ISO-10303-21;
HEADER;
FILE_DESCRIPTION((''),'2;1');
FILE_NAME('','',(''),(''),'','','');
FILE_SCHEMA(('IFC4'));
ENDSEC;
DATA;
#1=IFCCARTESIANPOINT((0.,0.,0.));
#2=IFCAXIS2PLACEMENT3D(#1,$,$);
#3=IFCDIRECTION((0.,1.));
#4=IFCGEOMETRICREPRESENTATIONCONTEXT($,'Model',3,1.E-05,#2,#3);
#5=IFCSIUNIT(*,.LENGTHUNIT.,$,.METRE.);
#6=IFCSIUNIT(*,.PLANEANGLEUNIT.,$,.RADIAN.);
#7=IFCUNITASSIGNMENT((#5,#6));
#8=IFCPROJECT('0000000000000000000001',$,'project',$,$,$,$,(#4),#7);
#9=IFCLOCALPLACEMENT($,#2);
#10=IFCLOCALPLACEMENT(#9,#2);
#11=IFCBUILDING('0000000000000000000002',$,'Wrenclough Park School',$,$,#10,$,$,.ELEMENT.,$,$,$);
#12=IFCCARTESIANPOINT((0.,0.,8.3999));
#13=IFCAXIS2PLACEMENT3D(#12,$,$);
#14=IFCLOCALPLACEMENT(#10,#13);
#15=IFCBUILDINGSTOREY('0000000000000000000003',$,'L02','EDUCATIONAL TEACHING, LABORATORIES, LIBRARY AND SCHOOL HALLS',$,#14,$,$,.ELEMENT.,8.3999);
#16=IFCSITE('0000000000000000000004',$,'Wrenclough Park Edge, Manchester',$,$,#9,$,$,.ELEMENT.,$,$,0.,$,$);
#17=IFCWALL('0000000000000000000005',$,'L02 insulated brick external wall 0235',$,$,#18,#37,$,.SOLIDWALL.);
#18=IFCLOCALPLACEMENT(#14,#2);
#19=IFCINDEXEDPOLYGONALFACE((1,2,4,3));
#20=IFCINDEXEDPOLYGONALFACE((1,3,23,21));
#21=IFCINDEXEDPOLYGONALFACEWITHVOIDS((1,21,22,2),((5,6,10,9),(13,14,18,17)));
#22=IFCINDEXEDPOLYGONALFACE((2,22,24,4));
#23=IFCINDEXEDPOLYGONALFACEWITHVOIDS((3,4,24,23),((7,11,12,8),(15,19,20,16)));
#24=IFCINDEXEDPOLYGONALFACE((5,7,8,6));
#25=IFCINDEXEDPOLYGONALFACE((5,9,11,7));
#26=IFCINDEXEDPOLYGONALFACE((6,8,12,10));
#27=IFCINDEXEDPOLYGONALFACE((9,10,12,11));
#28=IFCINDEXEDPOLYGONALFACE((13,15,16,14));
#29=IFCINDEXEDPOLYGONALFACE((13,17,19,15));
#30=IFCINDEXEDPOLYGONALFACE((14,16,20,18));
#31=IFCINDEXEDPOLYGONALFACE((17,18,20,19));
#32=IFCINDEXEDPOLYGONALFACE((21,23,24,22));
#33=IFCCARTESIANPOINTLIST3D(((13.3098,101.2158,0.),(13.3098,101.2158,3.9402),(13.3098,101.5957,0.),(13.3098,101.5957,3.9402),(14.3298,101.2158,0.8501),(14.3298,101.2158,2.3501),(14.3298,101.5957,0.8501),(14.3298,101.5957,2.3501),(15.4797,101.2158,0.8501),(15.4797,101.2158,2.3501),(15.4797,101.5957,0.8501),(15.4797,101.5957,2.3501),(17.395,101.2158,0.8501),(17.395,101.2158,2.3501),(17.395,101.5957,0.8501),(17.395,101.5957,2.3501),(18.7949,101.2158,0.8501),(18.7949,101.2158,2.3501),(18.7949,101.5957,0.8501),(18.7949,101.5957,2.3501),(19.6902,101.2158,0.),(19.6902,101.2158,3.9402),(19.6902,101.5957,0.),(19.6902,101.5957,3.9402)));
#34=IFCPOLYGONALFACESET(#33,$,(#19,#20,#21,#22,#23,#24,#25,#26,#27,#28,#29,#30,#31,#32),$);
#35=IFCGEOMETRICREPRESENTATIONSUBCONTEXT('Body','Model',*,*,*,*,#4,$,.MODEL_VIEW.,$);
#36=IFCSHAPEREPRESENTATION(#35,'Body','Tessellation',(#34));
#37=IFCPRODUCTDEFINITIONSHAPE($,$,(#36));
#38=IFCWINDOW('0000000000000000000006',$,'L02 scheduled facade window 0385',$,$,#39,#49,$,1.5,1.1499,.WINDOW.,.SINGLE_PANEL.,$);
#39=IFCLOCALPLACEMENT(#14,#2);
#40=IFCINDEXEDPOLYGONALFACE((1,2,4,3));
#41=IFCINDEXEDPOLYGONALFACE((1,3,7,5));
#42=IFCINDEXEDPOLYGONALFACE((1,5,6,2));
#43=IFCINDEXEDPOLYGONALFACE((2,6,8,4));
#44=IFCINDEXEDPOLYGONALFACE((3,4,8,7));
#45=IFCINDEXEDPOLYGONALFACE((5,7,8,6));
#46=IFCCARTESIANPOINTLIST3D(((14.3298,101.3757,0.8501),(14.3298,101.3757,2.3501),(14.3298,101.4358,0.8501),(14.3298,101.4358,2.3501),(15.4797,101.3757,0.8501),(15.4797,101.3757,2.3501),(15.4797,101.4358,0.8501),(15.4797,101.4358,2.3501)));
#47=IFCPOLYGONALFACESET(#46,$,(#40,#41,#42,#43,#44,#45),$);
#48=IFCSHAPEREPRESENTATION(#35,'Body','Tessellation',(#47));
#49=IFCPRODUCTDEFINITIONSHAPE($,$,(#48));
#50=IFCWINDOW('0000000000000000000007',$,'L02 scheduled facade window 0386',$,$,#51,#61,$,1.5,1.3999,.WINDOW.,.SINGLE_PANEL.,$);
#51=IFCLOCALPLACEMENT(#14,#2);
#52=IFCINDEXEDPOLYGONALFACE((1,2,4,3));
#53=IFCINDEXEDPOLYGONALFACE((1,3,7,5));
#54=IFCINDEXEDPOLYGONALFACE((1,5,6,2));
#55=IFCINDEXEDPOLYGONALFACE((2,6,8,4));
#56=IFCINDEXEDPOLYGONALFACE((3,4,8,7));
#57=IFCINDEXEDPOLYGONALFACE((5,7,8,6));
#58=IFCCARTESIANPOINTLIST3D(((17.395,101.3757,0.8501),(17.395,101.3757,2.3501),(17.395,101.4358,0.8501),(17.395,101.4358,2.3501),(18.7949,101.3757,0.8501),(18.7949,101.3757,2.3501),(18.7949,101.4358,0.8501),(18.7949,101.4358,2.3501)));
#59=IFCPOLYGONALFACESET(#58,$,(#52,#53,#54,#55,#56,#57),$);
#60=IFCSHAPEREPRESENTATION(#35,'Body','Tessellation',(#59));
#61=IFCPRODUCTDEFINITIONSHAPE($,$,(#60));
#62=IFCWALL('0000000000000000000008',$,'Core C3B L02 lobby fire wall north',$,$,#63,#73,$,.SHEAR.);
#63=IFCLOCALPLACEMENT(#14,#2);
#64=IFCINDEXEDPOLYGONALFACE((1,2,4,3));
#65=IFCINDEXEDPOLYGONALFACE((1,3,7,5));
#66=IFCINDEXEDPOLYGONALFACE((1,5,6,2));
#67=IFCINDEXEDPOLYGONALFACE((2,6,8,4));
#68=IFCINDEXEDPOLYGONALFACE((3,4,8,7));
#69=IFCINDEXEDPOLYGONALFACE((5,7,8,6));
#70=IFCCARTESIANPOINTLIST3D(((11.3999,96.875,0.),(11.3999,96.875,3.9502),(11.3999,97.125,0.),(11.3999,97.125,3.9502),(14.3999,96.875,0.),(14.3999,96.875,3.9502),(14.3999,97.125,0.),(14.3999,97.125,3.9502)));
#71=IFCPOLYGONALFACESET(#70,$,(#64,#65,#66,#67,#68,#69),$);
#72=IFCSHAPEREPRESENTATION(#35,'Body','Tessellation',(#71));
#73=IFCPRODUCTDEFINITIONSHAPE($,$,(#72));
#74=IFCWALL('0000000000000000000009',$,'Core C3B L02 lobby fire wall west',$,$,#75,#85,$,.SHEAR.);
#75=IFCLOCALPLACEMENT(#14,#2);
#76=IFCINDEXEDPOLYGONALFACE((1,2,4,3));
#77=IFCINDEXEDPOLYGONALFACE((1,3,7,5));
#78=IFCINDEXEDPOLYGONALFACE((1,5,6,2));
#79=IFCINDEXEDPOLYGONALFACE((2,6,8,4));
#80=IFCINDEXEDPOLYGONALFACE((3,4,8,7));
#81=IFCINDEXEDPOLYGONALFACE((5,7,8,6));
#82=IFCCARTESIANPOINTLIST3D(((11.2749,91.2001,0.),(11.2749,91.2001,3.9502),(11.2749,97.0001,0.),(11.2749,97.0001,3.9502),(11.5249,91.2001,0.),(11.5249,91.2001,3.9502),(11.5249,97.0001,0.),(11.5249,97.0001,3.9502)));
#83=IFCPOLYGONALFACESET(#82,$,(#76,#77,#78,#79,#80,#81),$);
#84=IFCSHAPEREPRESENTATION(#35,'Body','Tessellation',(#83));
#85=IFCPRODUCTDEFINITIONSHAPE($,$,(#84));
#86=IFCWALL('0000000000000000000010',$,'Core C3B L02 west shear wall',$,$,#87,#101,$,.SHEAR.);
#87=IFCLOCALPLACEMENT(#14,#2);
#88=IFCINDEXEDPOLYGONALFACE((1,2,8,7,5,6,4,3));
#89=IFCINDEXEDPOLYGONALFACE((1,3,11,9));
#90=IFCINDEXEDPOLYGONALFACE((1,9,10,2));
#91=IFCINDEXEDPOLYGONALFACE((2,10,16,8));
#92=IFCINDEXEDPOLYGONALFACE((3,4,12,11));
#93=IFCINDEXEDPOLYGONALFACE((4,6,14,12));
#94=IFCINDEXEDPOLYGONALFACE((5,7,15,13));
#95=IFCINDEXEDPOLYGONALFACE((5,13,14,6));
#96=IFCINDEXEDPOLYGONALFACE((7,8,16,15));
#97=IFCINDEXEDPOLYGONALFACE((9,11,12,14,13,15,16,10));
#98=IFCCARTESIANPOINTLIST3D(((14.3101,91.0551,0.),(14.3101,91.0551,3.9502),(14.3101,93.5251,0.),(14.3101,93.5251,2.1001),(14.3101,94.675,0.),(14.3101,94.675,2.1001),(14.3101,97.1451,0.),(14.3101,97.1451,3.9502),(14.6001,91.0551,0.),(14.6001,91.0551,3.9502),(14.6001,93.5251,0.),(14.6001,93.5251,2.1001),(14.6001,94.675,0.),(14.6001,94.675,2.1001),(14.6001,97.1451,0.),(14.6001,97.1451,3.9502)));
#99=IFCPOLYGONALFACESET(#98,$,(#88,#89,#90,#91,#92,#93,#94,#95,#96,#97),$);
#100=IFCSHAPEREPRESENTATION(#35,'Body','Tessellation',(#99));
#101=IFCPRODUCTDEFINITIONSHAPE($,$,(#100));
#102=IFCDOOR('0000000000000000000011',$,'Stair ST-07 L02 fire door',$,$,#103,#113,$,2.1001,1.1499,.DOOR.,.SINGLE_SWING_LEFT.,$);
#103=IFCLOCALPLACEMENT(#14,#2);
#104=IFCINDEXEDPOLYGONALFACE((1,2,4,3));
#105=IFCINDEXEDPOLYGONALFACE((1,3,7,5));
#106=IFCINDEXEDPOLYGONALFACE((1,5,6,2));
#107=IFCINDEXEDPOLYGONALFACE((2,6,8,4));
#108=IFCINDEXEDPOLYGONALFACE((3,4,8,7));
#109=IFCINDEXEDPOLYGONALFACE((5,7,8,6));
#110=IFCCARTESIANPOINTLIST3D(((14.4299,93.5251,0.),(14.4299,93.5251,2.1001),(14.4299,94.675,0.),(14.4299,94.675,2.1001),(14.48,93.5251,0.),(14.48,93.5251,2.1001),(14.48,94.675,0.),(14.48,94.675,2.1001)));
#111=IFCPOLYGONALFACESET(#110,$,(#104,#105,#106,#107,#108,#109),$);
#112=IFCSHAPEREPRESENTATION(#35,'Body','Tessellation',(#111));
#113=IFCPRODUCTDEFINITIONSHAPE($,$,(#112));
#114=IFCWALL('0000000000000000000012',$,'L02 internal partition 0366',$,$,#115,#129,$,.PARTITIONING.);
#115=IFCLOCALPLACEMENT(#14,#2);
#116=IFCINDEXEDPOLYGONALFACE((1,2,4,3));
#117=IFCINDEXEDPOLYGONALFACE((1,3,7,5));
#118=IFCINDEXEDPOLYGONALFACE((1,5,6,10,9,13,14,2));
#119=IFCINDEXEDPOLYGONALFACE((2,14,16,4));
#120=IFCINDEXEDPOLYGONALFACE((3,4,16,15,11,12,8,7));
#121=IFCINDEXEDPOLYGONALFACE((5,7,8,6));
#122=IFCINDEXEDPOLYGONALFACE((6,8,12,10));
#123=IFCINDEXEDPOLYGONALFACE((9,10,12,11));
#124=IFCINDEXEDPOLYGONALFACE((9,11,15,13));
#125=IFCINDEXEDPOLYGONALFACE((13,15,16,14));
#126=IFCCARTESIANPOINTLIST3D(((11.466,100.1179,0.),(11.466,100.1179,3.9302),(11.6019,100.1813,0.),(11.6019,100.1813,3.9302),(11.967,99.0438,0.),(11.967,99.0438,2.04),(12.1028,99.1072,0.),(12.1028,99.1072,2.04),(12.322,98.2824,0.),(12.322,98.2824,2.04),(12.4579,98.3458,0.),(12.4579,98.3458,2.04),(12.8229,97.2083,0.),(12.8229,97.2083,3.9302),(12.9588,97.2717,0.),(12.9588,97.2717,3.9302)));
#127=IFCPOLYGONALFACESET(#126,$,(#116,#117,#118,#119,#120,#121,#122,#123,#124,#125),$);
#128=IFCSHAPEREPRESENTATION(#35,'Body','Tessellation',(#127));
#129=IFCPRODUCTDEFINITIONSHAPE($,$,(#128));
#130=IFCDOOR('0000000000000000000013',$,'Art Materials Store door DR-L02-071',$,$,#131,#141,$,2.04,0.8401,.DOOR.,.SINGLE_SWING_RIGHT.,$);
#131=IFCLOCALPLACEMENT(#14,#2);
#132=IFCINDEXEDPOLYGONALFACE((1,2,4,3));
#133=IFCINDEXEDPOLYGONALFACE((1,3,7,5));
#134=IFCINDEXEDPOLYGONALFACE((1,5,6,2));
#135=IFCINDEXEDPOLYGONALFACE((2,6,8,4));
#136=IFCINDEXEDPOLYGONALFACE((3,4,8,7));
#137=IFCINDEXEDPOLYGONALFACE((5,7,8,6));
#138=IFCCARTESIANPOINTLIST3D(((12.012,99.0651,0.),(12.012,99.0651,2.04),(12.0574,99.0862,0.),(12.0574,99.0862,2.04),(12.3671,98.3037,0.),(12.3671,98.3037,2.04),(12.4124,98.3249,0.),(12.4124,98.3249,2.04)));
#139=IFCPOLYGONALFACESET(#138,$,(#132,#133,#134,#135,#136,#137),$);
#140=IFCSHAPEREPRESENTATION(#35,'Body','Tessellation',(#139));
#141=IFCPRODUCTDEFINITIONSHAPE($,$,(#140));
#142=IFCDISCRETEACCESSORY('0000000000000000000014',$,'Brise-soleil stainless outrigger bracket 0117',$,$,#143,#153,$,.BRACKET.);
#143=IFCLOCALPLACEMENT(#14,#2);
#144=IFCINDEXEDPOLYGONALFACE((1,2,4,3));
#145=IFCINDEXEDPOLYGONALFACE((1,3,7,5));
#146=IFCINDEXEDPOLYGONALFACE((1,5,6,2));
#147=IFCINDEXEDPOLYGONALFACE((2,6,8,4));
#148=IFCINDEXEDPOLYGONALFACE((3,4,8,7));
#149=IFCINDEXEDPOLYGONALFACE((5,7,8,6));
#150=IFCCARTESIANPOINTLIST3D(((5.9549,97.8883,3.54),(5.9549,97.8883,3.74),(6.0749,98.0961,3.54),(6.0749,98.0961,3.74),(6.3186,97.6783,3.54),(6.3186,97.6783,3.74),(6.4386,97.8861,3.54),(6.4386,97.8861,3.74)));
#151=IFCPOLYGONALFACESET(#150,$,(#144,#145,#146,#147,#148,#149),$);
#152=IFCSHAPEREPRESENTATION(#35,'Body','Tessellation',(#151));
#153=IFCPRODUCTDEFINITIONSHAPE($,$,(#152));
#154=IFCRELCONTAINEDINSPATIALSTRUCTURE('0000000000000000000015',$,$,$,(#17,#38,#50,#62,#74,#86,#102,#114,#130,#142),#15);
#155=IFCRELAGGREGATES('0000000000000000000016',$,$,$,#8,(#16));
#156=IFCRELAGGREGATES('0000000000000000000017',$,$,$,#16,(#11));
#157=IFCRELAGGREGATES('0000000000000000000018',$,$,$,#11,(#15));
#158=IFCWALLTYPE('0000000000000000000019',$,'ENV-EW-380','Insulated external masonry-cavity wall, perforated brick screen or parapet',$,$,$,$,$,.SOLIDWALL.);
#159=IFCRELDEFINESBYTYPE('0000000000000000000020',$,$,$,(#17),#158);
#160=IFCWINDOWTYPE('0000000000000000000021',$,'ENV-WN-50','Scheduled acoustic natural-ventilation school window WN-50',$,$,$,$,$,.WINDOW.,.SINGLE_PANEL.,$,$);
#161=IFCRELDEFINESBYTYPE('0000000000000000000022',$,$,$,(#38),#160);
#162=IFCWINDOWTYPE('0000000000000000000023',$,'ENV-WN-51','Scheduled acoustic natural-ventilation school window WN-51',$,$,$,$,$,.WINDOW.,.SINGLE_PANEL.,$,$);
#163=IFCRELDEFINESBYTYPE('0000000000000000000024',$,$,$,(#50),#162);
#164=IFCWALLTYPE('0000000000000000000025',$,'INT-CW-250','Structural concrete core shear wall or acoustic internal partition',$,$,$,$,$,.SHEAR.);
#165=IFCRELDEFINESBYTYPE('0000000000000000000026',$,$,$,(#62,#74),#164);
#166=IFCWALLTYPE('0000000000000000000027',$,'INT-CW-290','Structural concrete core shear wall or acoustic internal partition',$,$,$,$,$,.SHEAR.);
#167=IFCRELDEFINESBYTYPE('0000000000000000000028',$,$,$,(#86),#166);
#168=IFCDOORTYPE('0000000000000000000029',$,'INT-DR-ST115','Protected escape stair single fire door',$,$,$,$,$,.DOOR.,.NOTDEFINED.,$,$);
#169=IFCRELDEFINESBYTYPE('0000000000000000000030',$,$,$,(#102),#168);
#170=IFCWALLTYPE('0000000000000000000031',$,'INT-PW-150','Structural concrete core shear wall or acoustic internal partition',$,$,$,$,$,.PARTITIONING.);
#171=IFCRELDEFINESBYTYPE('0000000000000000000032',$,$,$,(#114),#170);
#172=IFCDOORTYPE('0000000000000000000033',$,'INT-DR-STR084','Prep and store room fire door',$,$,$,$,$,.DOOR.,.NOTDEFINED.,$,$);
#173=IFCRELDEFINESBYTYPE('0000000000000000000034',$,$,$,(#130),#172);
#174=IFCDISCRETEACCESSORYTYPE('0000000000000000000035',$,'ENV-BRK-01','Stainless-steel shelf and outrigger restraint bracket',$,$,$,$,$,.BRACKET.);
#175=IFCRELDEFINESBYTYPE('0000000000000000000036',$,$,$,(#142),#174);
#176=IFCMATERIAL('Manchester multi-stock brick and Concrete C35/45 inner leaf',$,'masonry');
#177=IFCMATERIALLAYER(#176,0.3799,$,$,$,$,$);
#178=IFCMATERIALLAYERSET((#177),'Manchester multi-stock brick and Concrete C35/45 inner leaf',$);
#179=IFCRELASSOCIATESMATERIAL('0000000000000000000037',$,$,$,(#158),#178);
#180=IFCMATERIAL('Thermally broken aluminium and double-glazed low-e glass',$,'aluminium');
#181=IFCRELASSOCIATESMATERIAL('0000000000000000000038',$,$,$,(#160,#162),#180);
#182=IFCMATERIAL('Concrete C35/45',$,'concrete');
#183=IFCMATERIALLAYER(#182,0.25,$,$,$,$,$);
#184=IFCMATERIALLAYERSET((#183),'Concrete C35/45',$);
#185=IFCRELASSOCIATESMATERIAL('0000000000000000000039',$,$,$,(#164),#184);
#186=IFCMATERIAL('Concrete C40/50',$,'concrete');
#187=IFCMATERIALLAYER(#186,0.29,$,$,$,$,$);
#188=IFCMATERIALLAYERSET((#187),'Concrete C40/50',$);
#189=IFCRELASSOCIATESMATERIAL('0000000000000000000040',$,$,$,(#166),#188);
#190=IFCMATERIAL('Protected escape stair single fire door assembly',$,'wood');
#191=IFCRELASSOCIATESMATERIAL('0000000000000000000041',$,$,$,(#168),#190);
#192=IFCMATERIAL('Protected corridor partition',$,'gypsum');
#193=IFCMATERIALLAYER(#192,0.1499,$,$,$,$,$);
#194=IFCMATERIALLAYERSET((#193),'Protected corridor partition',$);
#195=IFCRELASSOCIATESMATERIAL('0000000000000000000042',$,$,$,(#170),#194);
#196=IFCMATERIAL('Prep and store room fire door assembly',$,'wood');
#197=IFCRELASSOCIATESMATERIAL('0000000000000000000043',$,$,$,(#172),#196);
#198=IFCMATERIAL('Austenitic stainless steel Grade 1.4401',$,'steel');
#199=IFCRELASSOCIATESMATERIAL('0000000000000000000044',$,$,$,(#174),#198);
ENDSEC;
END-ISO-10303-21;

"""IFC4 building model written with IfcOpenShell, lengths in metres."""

from ifc_helpers import new_model, si_unit, direction, frame, frame_2d, origin, origin_2d, place, context, subcontext, project, spatial, rectangle, extrude, material, layer, layer_set, type_object, element, fill, save


model = new_model("IFC4")

# Units and contexts
model_context = context("Model", 3, precision=1e-05, world=origin(), true_north=direction((0.0, 1.0)))
body_context = subcontext(model_context, "Body", "Model", "MODEL_VIEW")
ifc_project = project(units=[si_unit("LENGTHUNIT", "METRE"), si_unit("PLANEANGLEUNIT", "RADIAN")], contexts=[model_context])

# Site, building, storey
site_placement = place(None, origin())
site = spatial("IfcSite", under=ifc_project, at=site_placement, Name="Wrenclough Park Edge, Manchester", CompositionType="ELEMENT", RefElevation=0.0)
building_placement = place(site_placement, origin())
building = spatial("IfcBuilding", under=site, at=building_placement, Name="Wrenclough Park School", CompositionType="ELEMENT")
storey_placement = place(building_placement, frame((0.0, 0.0, 8.3999)))
storey = spatial("IfcBuildingStorey", under=building, at=storey_placement, Name="L02", Description="EDUCATIONAL TEACHING, LABORATORIES, LIBRARY AND SCHOOL HALLS", CompositionType="ELEMENT", Elevation=8.3999)

# Wall, openings, windows
ifc_material_1 = material(Name="Thermally broken aluminium and double-glazed low-e glass", Category="aluminium")
ifc_material_2 = material(Name="Manchester multi-stock brick and Concrete C35/45 inner leaf", Category="masonry")
ifc_layer_1 = layer(ifc_material_2, 0.3799)
ifc_layer_set_1 = layer_set([ifc_layer_1], Name="Manchester multi-stock brick and Concrete C35/45 inner leaf")
wall_type_1 = type_object("IfcWallType", Name="ENV-EW-380", Description="Insulated external masonry-cavity wall, perforated brick screen or parapet", PredefinedType="SOLIDWALL", material=ifc_layer_set_1)
wall_1_placement = place(storey_placement, frame((13.3098, 101.4058, 0.0), z_axis=(0.0, 0.0, 1.0), x_axis=(1.0, 0.0, 0.0)))
wall_1 = element("IfcWall", 1, at=wall_1_placement, inside=storey, type_object=wall_type_1, Name="L02 insulated brick external wall 0235", PredefinedType="SOLIDWALL", context=body_context, shape_type="SweptSolid", body=[
    extrude(rectangle(XDim=6.3804, YDim=0.3799, at=frame_2d((3.1902, 0.0))), origin(), (0.0, 0.0, 1.0), 3.9402),
])
opening_1_placement = place(wall_1_placement, frame((1.02, 0.0, 0.8501)))
opening_1 = element("IfcOpeningElement", 2, at=opening_1_placement, cuts=wall_1, PredefinedType="OPENING", context=body_context, shape_type="SweptSolid", body=[
    extrude(rectangle(XDim=1.1499, YDim=1.5, at=frame_2d((0.575, 0.75))), frame((0.0, 0.2, 0.0), z_axis=(0.0, -1.0, 0.0), x_axis=(1.0, 0.0, 0.0)), (0.0, 0.0, 1.0), 0.3999),
])
opening_2_placement = place(wall_1_placement, frame((4.0852, 0.0, 0.8501)))
opening_2 = element("IfcOpeningElement", 3, at=opening_2_placement, cuts=wall_1, PredefinedType="OPENING", context=body_context, shape_type="SweptSolid", body=[
    extrude(rectangle(XDim=1.3999, YDim=1.5, at=frame_2d((0.7, 0.75))), frame((0.0, 0.2, 0.0), z_axis=(0.0, -1.0, 0.0), x_axis=(1.0, 0.0, 0.0)), (0.0, 0.0, 1.0), 0.3999),
])
window_type_1 = type_object("IfcWindowType", Name="ENV-WN-50", Description="Scheduled acoustic natural-ventilation school window WN-50", PartitioningType="SINGLE_PANEL", PredefinedType="WINDOW", material=ifc_material_1)
window_1_placement = place(opening_1_placement, origin())
window_1 = element("IfcWindow", 4, at=window_1_placement, inside=storey, type_object=window_type_1, Name="L02 scheduled facade window 0385", OverallHeight=1.5, OverallWidth=1.1499, PartitioningType="SINGLE_PANEL", PredefinedType="WINDOW", context=body_context, shape_type="SweptSolid", body=[
    extrude(rectangle(XDim=1.1499, YDim=1.5, at=frame_2d((0.575, 0.75))), frame((0.0, 0.03, 0.0), z_axis=(0.0, -1.0, 0.0), x_axis=(1.0, 0.0, 0.0)), (0.0, 0.0, 1.0), 0.0601),
])
fill(opening_1, window_1)
window_type_2 = type_object("IfcWindowType", Name="ENV-WN-51", Description="Scheduled acoustic natural-ventilation school window WN-51", PartitioningType="SINGLE_PANEL", PredefinedType="WINDOW", material=ifc_material_1)
window_2_placement = place(opening_2_placement, origin())
window_2 = element("IfcWindow", 5, at=window_2_placement, inside=storey, type_object=window_type_2, Name="L02 scheduled facade window 0386", OverallHeight=1.5, OverallWidth=1.3999, PartitioningType="SINGLE_PANEL", PredefinedType="WINDOW", context=body_context, shape_type="SweptSolid", body=[
    extrude(rectangle(XDim=1.3999, YDim=1.5, at=frame_2d((0.7, 0.75))), frame((0.0, 0.03, 0.0), z_axis=(0.0, -1.0, 0.0), x_axis=(1.0, 0.0, 0.0)), (0.0, 0.0, 1.0), 0.0601),
])
fill(opening_2, window_2)

# Walls
ifc_material_3 = material(Name="Concrete C35/45", Category="concrete")
ifc_layer_2 = layer(ifc_material_3, 0.25)
ifc_layer_set_2 = layer_set([ifc_layer_2], Name="Concrete C35/45")
wall_type_2 = type_object("IfcWallType", Name="INT-CW-250", Description="Structural concrete core shear wall or acoustic internal partition", PredefinedType="SHEAR", material=ifc_layer_set_2)
wall_2_placement = place(storey_placement, frame((14.3999, 97.0, 0.0), z_axis=(0.0, 0.0, 1.0), x_axis=(-1.0, 0.0, 0.0)))
element("IfcWall", 6, at=wall_2_placement, inside=storey, type_object=wall_type_2, Name="Core C3B L02 lobby fire wall north", PredefinedType="SHEAR", context=body_context, shape_type="SweptSolid", body=[
    extrude(rectangle(XDim=3.0, YDim=0.25, at=frame_2d((1.5, 0.0))), origin(), (0.0, 0.0, 1.0), 3.9502),
])
wall_3_placement = place(storey_placement, frame((11.3999, 97.0, 0.0), z_axis=(0.0, 0.0, 1.0), x_axis=(0.0, -1.0, 0.0)))
element("IfcWall", 7, at=wall_3_placement, inside=storey, type_object=wall_type_2, Name="Core C3B L02 lobby fire wall west", PredefinedType="SHEAR", context=body_context, shape_type="SweptSolid", body=[
    extrude(rectangle(XDim=5.8, YDim=0.25, at=frame_2d((2.8999, 0.0))), origin(), (0.0, 0.0, 1.0), 3.9502),
])

# Walls, openings, doors
ifc_material_4 = material(Name="Concrete C40/50", Category="concrete")
ifc_layer_3 = layer(ifc_material_4, 0.29)
ifc_layer_set_3 = layer_set([ifc_layer_3], Name="Concrete C40/50")
wall_type_3 = type_object("IfcWallType", Name="INT-CW-290", Description="Structural concrete core shear wall or acoustic internal partition", PredefinedType="SHEAR", material=ifc_layer_set_3)
wall_4_placement = place(storey_placement, frame((14.4551, 97.145, 0.0), z_axis=(0.0, 0.0, 1.0), x_axis=(0.0, -1.0, 0.0)))
wall_4 = element("IfcWall", 8, at=wall_4_placement, inside=storey, type_object=wall_type_3, Name="Core C3B L02 west shear wall", PredefinedType="SHEAR", context=body_context, shape_type="SweptSolid", body=[
    extrude(rectangle(XDim=6.0901, YDim=0.29, at=frame_2d((3.0449, 0.0))), origin(), (0.0, 0.0, 1.0), 3.9502),
])
opening_3_placement = place(wall_4_placement, frame((2.47, 0.0, 0.0)))
opening_3 = element("IfcOpeningElement", 9, at=opening_3_placement, cuts=wall_4, PredefinedType="OPENING", context=body_context, shape_type="SweptSolid", body=[
    extrude(rectangle(XDim=1.1499, YDim=2.1001, at=frame_2d((0.575, 1.05))), frame((0.0, 0.155, 0.0), z_axis=(0.0, -1.0, 0.0), x_axis=(1.0, 0.0, 0.0)), (0.0, 0.0, 1.0), 0.3101),
])
ifc_material_5 = material(Name="Protected escape stair single fire door assembly", Category="wood")
door_type_1 = type_object("IfcDoorType", Name="INT-DR-ST115", Description="Protected escape stair single fire door", OperationType="NOTDEFINED", PredefinedType="DOOR", material=ifc_material_5)
door_1_placement = place(opening_3_placement, origin())
door_1 = element("IfcDoor", 10, at=door_1_placement, inside=storey, type_object=door_type_1, Name="Stair ST-07 L02 fire door", OperationType="SINGLE_SWING_LEFT", OverallHeight=2.1001, OverallWidth=1.1499, PredefinedType="DOOR", context=body_context, shape_type="SweptSolid", body=[
    extrude(rectangle(XDim=1.1499, YDim=2.1001, at=frame_2d((0.575, 1.05))), frame((0.0, 0.0249, 0.0), z_axis=(0.0, -1.0, 0.0), x_axis=(1.0, 0.0, 0.0)), (0.0, 0.0, 1.0), 0.05),
])
fill(opening_3, door_1)
ifc_material_6 = material(Name="Protected corridor partition", Category="gypsum")
ifc_layer_4 = layer(ifc_material_6, 0.1499)
ifc_layer_set_4 = layer_set([ifc_layer_4], Name="Protected corridor partition")
wall_type_4 = type_object("IfcWallType", Name="INT-PW-150", Description="Structural concrete core shear wall or acoustic internal partition", PredefinedType="PARTITIONING", material=ifc_layer_set_4)
wall_5_placement = place(storey_placement, frame((12.8909, 97.24, 0.0), z_axis=(0.0, 0.0, 1.0), x_axis=(-0.422652, 0.906292, 0.0)))
wall_5 = element("IfcWall", 11, at=wall_5_placement, inside=storey, type_object=wall_type_4, Name="L02 internal partition 0366", PredefinedType="PARTITIONING", context=body_context, shape_type="SweptSolid", body=[
    extrude(rectangle(XDim=3.2104, YDim=0.1499, at=frame_2d((1.6052, 0.0))), origin(), (0.0, 0.0, 1.0), 3.9302),
])
opening_4_placement = place(wall_5_placement, frame((1.1853, 0.0, 0.0)))
opening_4 = element("IfcOpeningElement", 12, at=opening_4_placement, cuts=wall_5, PredefinedType="OPENING", context=body_context, shape_type="SweptSolid", body=[
    extrude(rectangle(XDim=0.8401, YDim=2.04, at=frame_2d((0.4199, 1.02))), frame((0.0, 0.085, 0.0), z_axis=(0.0, -1.0, 0.0), x_axis=(1.0, 0.0, 0.0)), (0.0, 0.0, 1.0), 0.1699),
])
ifc_material_7 = material(Name="Prep and store room fire door assembly", Category="wood")
door_type_2 = type_object("IfcDoorType", Name="INT-DR-STR084", Description="Prep and store room fire door", OperationType="NOTDEFINED", PredefinedType="DOOR", material=ifc_material_7)
door_2_placement = place(opening_4_placement, frame((0.8401, 0.0, 0.0), z_axis=(0.0, 0.0, 1.0), x_axis=(-1.0, 0.0, 0.0)))
door_2 = element("IfcDoor", 13, at=door_2_placement, inside=storey, type_object=door_type_2, Name="Art Materials Store door DR-L02-071", OperationType="SINGLE_SWING_RIGHT", OverallHeight=2.04, OverallWidth=0.8401, PredefinedType="DOOR", context=body_context, shape_type="SweptSolid", body=[
    extrude(rectangle(XDim=0.8401, YDim=2.04, at=frame_2d((0.4199, 1.02))), frame((0.0, 0.0249, 0.0), z_axis=(0.0, -1.0, 0.0), x_axis=(1.0, 0.0, 0.0)), (0.0, 0.0, 1.0), 0.05),
])
fill(opening_4, door_2)

# Discrete accessory
ifc_material_8 = material(Name="Austenitic stainless steel Grade 1.4401", Category="steel")
discrete_accessory_type = type_object("IfcDiscreteAccessoryType", Name="ENV-BRK-01", Description="Stainless-steel shelf and outrigger restraint bracket", PredefinedType="BRACKET", material=ifc_material_8)
discrete_accessory_placement = place(storey_placement, frame((6.1968, 97.8872, 3.54), z_axis=(0.0, 0.0, 1.0), x_axis=(-0.499991, -0.866031, 0.0)))
element("IfcDiscreteAccessory", 14, at=discrete_accessory_placement, inside=storey, type_object=discrete_accessory_type, Name="Brise-soleil stainless outrigger bracket 0117", PredefinedType="BRACKET", context=body_context, shape_type="SweptSolid", body=[
    extrude(rectangle(XDim=0.24, YDim=0.4199, at=origin_2d()), origin(), (0.0, 0.0, 1.0), 0.2),
])

save(model, "model.ifc")
